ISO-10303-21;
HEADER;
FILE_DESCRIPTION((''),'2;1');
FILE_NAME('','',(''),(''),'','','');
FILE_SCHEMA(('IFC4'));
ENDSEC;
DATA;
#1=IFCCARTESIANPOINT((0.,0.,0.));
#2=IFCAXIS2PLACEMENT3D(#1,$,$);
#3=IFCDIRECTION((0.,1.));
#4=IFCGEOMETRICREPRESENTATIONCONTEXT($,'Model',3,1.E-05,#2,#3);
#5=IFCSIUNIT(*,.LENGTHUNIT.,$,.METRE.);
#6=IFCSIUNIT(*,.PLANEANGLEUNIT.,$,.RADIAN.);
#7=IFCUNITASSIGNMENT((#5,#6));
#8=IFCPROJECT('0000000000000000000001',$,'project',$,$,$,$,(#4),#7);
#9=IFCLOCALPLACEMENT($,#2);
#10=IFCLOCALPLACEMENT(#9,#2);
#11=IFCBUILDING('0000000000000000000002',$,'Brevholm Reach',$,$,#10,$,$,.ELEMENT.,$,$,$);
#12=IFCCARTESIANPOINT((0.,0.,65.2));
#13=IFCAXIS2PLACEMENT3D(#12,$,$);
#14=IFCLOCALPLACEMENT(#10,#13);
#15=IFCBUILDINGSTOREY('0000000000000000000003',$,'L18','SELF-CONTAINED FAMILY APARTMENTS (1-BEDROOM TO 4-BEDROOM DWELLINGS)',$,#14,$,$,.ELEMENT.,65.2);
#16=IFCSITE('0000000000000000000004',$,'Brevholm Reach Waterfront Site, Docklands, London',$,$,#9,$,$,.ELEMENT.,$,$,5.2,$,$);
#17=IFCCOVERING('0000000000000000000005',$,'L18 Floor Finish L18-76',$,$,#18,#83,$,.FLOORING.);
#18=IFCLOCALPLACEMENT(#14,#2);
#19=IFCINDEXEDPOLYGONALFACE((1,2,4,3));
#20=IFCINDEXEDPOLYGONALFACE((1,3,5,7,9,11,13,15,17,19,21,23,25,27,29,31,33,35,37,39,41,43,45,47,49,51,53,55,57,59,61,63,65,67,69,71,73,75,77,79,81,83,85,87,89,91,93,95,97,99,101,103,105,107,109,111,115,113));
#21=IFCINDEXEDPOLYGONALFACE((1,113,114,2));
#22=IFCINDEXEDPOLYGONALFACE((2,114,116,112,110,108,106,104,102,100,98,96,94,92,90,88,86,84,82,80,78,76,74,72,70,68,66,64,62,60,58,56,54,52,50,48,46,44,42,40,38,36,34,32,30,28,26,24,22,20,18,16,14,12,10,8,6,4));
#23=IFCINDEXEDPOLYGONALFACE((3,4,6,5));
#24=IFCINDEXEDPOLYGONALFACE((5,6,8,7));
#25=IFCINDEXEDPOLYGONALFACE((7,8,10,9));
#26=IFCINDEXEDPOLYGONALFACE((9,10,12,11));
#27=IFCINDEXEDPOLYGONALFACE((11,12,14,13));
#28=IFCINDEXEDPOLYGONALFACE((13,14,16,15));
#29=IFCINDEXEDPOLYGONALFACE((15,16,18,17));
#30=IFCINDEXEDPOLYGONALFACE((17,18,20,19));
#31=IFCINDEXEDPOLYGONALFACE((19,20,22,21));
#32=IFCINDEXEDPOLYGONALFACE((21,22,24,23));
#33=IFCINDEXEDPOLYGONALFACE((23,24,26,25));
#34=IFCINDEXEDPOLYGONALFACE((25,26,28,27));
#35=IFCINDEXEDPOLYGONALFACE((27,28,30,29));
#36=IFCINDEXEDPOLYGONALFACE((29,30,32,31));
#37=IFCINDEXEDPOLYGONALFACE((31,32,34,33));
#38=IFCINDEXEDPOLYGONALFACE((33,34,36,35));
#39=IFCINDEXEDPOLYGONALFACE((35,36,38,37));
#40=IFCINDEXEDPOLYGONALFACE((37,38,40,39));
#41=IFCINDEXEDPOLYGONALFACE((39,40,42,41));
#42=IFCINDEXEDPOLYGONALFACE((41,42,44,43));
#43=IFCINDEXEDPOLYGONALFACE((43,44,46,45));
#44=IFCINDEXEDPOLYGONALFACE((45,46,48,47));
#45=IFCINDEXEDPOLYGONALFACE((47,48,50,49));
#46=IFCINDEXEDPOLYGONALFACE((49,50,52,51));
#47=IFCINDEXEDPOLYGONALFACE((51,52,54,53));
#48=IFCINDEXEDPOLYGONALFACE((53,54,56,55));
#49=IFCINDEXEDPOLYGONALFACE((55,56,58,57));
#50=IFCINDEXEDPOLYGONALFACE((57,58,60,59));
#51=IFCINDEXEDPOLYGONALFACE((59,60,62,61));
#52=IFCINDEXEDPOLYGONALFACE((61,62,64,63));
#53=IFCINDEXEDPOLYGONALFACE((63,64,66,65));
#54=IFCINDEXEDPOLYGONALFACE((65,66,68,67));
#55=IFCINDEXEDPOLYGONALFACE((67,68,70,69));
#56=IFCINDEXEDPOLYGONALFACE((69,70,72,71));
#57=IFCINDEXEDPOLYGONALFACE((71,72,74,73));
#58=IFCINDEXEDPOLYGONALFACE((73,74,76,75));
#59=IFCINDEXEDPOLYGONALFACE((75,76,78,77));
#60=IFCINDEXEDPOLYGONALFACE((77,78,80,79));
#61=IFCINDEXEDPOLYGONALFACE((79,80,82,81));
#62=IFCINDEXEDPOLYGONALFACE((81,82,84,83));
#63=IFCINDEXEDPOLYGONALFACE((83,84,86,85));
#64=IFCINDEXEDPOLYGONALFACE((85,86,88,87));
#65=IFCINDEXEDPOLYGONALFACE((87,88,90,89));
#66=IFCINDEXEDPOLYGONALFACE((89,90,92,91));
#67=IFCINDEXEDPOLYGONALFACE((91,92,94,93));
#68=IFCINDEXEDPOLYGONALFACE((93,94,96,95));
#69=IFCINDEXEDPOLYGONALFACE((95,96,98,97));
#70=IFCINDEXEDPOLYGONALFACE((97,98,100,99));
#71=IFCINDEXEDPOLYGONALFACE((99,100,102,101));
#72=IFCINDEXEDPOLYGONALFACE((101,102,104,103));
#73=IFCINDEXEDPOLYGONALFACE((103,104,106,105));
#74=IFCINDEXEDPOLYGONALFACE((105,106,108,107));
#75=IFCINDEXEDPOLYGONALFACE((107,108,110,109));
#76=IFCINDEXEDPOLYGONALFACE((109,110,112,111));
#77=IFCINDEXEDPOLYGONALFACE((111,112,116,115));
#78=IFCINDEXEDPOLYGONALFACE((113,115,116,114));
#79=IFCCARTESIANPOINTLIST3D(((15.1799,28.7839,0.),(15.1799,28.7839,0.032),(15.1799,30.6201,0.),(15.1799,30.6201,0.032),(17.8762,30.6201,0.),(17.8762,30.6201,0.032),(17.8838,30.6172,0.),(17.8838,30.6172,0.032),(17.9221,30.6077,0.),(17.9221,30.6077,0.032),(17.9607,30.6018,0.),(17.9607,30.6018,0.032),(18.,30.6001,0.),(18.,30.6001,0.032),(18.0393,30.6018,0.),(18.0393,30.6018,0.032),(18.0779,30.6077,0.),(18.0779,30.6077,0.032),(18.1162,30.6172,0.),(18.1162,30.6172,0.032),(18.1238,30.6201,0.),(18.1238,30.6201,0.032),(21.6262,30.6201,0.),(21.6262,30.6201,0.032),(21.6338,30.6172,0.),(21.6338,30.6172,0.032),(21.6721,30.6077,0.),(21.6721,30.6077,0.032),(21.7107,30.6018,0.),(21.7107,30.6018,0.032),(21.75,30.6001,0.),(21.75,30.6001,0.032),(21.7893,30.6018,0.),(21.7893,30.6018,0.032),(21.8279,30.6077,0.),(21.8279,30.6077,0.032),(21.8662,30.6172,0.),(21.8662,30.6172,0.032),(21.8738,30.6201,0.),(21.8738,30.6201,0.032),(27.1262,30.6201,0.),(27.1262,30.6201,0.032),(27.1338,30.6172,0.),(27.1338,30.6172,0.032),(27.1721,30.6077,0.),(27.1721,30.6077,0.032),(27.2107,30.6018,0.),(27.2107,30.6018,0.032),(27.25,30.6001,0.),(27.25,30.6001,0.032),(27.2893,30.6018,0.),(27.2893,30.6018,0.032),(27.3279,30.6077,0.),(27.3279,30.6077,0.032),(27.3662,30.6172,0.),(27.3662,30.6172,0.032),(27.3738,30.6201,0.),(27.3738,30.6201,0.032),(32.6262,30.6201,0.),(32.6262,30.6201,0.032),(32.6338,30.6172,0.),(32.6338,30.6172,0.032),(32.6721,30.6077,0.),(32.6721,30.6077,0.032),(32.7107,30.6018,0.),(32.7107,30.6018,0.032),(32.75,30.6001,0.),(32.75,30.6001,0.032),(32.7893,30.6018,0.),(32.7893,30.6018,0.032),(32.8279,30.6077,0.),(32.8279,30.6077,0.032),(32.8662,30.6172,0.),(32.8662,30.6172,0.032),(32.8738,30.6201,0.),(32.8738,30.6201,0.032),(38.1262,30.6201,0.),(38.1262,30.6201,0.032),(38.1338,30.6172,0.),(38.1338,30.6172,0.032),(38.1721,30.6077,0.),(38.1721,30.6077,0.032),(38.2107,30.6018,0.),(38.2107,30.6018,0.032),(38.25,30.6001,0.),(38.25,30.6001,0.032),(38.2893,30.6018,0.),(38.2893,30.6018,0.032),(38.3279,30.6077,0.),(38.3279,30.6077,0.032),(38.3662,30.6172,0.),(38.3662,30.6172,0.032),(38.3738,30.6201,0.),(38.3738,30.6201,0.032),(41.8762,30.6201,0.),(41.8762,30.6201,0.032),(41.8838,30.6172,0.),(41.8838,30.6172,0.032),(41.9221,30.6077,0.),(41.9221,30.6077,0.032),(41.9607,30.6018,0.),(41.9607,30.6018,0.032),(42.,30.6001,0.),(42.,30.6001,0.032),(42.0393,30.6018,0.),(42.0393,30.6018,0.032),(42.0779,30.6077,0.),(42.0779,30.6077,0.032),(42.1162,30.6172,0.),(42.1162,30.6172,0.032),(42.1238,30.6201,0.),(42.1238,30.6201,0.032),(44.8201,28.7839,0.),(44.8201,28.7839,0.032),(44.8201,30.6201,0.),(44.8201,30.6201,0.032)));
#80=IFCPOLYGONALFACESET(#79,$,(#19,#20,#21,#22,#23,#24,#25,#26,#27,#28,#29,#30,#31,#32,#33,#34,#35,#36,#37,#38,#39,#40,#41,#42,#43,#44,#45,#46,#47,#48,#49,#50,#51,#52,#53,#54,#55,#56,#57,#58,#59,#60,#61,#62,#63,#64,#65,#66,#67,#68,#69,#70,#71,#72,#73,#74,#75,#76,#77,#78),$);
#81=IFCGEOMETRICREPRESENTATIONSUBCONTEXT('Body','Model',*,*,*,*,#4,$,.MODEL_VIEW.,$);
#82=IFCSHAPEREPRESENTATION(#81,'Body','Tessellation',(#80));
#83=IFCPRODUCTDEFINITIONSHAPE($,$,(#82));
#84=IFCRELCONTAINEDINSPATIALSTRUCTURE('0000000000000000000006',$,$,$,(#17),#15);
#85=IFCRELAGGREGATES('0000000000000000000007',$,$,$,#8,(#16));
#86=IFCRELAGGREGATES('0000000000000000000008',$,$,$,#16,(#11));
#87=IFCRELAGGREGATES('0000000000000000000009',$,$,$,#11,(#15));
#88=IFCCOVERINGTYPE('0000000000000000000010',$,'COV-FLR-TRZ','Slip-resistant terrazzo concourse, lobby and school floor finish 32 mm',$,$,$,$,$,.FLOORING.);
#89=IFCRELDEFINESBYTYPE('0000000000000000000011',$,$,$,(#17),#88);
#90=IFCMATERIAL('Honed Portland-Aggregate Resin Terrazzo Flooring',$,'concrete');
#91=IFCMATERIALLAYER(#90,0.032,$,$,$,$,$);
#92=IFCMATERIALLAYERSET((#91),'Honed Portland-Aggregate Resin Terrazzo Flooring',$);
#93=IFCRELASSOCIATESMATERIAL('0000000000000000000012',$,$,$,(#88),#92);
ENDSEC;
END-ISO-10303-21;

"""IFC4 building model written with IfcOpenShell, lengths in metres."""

from ifc_helpers import new_model, si_unit, direction, frame, origin, place, context, subcontext, project, spatial, polyline, outline, extrude, material, layer, layer_set, type_object, element, save


model = new_model("IFC4")

# Units and contexts
model_context = context("Model", 3, precision=1e-05, world=origin(), true_north=direction((0.0, 1.0)))
body_context = subcontext(model_context, "Body", "Model", "MODEL_VIEW")
ifc_project = project(units=[si_unit("LENGTHUNIT", "METRE"), si_unit("PLANEANGLEUNIT", "RADIAN")], contexts=[model_context])

# Site, building, storey
site_placement = place(None, origin())
site = spatial("IfcSite", under=ifc_project, at=site_placement, Name="Brevholm Reach Waterfront Site, Docklands, London", CompositionType="ELEMENT", RefElevation=5.2)
building_placement = place(site_placement, origin())
building = spatial("IfcBuilding", under=site, at=building_placement, Name="Brevholm Reach", CompositionType="ELEMENT")
storey_placement = place(building_placement, frame((0.0, 0.0, 65.2)))
storey = spatial("IfcBuildingStorey", under=building, at=storey_placement, Name="L18", Description="SELF-CONTAINED FAMILY APARTMENTS (1-BEDROOM TO 4-BEDROOM DWELLINGS)", CompositionType="ELEMENT", Elevation=65.2)

# Covering
ifc_material_1 = material(Name="Honed Portland-Aggregate Resin Terrazzo Flooring", Category="concrete")
ifc_layer_1 = layer(ifc_material_1, 0.032)
ifc_layer_set_1 = layer_set([ifc_layer_1], Name="Honed Portland-Aggregate Resin Terrazzo Flooring")
covering_type_1 = type_object("IfcCoveringType", Name="COV-FLR-TRZ", Description="Slip-resistant terrazzo concourse, lobby and school floor finish 32 mm", PredefinedType="FLOORING", material=ifc_layer_set_1)
covering_1_placement = place(storey_placement, origin())
element("IfcCovering", 1, at=covering_1_placement, inside=storey, type_object=covering_type_1, Name="L18 Floor Finish L18-76", PredefinedType="FLOORING", context=body_context, shape_type="SweptSolid", body=[
    extrude(outline(polyline([(15.1799, 30.6201), (17.8762, 30.6201), (17.8838, 30.6172), (17.9221, 30.6077), (17.9607, 30.6018), (18.0, 30.6001), (18.0393, 30.6018), (18.0779, 30.6077), (18.1162, 30.6172), (18.1238, 30.6201), (21.6262, 30.6201), (21.6338, 30.6172), (21.6721, 30.6077), (21.7107, 30.6018), (21.75, 30.6001), (21.7893, 30.6018), (21.8279, 30.6077), (21.8662, 30.6172), (21.8738, 30.6201), (27.1262, 30.6201), (27.1338, 30.6172), (27.1721, 30.6077), (27.2107, 30.6018), (27.25, 30.6001), (27.2893, 30.6018), (27.3279, 30.6077), (27.3662, 30.6172), (27.3738, 30.6201), (32.6262, 30.6201), (32.6338, 30.6172), (32.6721, 30.6077), (32.7107, 30.6018), (32.75, 30.6001), (32.7893, 30.6018), (32.8279, 30.6077), (32.8662, 30.6172), (32.8738, 30.6201), (38.1262, 30.6201), (38.1338, 30.6172), (38.1721, 30.6077), (38.2107, 30.6018), (38.25, 30.6001), (38.2893, 30.6018), (38.3279, 30.6077), (38.3662, 30.6172), (38.3738, 30.6201), (41.8762, 30.6201), (41.8838, 30.6172), (41.9221, 30.6077), (41.9607, 30.6018), (42.0, 30.6001), (42.0393, 30.6018), (42.0779, 30.6077), (42.1162, 30.6172), (42.1238, 30.6201), (44.8201, 30.6201), (44.8201, 28.7839), (15.1799, 28.7839), (15.1799, 30.6201)])), origin(), (0.0, 0.0, 1.0), 0.032),
])

save(model, "model.ifc")
